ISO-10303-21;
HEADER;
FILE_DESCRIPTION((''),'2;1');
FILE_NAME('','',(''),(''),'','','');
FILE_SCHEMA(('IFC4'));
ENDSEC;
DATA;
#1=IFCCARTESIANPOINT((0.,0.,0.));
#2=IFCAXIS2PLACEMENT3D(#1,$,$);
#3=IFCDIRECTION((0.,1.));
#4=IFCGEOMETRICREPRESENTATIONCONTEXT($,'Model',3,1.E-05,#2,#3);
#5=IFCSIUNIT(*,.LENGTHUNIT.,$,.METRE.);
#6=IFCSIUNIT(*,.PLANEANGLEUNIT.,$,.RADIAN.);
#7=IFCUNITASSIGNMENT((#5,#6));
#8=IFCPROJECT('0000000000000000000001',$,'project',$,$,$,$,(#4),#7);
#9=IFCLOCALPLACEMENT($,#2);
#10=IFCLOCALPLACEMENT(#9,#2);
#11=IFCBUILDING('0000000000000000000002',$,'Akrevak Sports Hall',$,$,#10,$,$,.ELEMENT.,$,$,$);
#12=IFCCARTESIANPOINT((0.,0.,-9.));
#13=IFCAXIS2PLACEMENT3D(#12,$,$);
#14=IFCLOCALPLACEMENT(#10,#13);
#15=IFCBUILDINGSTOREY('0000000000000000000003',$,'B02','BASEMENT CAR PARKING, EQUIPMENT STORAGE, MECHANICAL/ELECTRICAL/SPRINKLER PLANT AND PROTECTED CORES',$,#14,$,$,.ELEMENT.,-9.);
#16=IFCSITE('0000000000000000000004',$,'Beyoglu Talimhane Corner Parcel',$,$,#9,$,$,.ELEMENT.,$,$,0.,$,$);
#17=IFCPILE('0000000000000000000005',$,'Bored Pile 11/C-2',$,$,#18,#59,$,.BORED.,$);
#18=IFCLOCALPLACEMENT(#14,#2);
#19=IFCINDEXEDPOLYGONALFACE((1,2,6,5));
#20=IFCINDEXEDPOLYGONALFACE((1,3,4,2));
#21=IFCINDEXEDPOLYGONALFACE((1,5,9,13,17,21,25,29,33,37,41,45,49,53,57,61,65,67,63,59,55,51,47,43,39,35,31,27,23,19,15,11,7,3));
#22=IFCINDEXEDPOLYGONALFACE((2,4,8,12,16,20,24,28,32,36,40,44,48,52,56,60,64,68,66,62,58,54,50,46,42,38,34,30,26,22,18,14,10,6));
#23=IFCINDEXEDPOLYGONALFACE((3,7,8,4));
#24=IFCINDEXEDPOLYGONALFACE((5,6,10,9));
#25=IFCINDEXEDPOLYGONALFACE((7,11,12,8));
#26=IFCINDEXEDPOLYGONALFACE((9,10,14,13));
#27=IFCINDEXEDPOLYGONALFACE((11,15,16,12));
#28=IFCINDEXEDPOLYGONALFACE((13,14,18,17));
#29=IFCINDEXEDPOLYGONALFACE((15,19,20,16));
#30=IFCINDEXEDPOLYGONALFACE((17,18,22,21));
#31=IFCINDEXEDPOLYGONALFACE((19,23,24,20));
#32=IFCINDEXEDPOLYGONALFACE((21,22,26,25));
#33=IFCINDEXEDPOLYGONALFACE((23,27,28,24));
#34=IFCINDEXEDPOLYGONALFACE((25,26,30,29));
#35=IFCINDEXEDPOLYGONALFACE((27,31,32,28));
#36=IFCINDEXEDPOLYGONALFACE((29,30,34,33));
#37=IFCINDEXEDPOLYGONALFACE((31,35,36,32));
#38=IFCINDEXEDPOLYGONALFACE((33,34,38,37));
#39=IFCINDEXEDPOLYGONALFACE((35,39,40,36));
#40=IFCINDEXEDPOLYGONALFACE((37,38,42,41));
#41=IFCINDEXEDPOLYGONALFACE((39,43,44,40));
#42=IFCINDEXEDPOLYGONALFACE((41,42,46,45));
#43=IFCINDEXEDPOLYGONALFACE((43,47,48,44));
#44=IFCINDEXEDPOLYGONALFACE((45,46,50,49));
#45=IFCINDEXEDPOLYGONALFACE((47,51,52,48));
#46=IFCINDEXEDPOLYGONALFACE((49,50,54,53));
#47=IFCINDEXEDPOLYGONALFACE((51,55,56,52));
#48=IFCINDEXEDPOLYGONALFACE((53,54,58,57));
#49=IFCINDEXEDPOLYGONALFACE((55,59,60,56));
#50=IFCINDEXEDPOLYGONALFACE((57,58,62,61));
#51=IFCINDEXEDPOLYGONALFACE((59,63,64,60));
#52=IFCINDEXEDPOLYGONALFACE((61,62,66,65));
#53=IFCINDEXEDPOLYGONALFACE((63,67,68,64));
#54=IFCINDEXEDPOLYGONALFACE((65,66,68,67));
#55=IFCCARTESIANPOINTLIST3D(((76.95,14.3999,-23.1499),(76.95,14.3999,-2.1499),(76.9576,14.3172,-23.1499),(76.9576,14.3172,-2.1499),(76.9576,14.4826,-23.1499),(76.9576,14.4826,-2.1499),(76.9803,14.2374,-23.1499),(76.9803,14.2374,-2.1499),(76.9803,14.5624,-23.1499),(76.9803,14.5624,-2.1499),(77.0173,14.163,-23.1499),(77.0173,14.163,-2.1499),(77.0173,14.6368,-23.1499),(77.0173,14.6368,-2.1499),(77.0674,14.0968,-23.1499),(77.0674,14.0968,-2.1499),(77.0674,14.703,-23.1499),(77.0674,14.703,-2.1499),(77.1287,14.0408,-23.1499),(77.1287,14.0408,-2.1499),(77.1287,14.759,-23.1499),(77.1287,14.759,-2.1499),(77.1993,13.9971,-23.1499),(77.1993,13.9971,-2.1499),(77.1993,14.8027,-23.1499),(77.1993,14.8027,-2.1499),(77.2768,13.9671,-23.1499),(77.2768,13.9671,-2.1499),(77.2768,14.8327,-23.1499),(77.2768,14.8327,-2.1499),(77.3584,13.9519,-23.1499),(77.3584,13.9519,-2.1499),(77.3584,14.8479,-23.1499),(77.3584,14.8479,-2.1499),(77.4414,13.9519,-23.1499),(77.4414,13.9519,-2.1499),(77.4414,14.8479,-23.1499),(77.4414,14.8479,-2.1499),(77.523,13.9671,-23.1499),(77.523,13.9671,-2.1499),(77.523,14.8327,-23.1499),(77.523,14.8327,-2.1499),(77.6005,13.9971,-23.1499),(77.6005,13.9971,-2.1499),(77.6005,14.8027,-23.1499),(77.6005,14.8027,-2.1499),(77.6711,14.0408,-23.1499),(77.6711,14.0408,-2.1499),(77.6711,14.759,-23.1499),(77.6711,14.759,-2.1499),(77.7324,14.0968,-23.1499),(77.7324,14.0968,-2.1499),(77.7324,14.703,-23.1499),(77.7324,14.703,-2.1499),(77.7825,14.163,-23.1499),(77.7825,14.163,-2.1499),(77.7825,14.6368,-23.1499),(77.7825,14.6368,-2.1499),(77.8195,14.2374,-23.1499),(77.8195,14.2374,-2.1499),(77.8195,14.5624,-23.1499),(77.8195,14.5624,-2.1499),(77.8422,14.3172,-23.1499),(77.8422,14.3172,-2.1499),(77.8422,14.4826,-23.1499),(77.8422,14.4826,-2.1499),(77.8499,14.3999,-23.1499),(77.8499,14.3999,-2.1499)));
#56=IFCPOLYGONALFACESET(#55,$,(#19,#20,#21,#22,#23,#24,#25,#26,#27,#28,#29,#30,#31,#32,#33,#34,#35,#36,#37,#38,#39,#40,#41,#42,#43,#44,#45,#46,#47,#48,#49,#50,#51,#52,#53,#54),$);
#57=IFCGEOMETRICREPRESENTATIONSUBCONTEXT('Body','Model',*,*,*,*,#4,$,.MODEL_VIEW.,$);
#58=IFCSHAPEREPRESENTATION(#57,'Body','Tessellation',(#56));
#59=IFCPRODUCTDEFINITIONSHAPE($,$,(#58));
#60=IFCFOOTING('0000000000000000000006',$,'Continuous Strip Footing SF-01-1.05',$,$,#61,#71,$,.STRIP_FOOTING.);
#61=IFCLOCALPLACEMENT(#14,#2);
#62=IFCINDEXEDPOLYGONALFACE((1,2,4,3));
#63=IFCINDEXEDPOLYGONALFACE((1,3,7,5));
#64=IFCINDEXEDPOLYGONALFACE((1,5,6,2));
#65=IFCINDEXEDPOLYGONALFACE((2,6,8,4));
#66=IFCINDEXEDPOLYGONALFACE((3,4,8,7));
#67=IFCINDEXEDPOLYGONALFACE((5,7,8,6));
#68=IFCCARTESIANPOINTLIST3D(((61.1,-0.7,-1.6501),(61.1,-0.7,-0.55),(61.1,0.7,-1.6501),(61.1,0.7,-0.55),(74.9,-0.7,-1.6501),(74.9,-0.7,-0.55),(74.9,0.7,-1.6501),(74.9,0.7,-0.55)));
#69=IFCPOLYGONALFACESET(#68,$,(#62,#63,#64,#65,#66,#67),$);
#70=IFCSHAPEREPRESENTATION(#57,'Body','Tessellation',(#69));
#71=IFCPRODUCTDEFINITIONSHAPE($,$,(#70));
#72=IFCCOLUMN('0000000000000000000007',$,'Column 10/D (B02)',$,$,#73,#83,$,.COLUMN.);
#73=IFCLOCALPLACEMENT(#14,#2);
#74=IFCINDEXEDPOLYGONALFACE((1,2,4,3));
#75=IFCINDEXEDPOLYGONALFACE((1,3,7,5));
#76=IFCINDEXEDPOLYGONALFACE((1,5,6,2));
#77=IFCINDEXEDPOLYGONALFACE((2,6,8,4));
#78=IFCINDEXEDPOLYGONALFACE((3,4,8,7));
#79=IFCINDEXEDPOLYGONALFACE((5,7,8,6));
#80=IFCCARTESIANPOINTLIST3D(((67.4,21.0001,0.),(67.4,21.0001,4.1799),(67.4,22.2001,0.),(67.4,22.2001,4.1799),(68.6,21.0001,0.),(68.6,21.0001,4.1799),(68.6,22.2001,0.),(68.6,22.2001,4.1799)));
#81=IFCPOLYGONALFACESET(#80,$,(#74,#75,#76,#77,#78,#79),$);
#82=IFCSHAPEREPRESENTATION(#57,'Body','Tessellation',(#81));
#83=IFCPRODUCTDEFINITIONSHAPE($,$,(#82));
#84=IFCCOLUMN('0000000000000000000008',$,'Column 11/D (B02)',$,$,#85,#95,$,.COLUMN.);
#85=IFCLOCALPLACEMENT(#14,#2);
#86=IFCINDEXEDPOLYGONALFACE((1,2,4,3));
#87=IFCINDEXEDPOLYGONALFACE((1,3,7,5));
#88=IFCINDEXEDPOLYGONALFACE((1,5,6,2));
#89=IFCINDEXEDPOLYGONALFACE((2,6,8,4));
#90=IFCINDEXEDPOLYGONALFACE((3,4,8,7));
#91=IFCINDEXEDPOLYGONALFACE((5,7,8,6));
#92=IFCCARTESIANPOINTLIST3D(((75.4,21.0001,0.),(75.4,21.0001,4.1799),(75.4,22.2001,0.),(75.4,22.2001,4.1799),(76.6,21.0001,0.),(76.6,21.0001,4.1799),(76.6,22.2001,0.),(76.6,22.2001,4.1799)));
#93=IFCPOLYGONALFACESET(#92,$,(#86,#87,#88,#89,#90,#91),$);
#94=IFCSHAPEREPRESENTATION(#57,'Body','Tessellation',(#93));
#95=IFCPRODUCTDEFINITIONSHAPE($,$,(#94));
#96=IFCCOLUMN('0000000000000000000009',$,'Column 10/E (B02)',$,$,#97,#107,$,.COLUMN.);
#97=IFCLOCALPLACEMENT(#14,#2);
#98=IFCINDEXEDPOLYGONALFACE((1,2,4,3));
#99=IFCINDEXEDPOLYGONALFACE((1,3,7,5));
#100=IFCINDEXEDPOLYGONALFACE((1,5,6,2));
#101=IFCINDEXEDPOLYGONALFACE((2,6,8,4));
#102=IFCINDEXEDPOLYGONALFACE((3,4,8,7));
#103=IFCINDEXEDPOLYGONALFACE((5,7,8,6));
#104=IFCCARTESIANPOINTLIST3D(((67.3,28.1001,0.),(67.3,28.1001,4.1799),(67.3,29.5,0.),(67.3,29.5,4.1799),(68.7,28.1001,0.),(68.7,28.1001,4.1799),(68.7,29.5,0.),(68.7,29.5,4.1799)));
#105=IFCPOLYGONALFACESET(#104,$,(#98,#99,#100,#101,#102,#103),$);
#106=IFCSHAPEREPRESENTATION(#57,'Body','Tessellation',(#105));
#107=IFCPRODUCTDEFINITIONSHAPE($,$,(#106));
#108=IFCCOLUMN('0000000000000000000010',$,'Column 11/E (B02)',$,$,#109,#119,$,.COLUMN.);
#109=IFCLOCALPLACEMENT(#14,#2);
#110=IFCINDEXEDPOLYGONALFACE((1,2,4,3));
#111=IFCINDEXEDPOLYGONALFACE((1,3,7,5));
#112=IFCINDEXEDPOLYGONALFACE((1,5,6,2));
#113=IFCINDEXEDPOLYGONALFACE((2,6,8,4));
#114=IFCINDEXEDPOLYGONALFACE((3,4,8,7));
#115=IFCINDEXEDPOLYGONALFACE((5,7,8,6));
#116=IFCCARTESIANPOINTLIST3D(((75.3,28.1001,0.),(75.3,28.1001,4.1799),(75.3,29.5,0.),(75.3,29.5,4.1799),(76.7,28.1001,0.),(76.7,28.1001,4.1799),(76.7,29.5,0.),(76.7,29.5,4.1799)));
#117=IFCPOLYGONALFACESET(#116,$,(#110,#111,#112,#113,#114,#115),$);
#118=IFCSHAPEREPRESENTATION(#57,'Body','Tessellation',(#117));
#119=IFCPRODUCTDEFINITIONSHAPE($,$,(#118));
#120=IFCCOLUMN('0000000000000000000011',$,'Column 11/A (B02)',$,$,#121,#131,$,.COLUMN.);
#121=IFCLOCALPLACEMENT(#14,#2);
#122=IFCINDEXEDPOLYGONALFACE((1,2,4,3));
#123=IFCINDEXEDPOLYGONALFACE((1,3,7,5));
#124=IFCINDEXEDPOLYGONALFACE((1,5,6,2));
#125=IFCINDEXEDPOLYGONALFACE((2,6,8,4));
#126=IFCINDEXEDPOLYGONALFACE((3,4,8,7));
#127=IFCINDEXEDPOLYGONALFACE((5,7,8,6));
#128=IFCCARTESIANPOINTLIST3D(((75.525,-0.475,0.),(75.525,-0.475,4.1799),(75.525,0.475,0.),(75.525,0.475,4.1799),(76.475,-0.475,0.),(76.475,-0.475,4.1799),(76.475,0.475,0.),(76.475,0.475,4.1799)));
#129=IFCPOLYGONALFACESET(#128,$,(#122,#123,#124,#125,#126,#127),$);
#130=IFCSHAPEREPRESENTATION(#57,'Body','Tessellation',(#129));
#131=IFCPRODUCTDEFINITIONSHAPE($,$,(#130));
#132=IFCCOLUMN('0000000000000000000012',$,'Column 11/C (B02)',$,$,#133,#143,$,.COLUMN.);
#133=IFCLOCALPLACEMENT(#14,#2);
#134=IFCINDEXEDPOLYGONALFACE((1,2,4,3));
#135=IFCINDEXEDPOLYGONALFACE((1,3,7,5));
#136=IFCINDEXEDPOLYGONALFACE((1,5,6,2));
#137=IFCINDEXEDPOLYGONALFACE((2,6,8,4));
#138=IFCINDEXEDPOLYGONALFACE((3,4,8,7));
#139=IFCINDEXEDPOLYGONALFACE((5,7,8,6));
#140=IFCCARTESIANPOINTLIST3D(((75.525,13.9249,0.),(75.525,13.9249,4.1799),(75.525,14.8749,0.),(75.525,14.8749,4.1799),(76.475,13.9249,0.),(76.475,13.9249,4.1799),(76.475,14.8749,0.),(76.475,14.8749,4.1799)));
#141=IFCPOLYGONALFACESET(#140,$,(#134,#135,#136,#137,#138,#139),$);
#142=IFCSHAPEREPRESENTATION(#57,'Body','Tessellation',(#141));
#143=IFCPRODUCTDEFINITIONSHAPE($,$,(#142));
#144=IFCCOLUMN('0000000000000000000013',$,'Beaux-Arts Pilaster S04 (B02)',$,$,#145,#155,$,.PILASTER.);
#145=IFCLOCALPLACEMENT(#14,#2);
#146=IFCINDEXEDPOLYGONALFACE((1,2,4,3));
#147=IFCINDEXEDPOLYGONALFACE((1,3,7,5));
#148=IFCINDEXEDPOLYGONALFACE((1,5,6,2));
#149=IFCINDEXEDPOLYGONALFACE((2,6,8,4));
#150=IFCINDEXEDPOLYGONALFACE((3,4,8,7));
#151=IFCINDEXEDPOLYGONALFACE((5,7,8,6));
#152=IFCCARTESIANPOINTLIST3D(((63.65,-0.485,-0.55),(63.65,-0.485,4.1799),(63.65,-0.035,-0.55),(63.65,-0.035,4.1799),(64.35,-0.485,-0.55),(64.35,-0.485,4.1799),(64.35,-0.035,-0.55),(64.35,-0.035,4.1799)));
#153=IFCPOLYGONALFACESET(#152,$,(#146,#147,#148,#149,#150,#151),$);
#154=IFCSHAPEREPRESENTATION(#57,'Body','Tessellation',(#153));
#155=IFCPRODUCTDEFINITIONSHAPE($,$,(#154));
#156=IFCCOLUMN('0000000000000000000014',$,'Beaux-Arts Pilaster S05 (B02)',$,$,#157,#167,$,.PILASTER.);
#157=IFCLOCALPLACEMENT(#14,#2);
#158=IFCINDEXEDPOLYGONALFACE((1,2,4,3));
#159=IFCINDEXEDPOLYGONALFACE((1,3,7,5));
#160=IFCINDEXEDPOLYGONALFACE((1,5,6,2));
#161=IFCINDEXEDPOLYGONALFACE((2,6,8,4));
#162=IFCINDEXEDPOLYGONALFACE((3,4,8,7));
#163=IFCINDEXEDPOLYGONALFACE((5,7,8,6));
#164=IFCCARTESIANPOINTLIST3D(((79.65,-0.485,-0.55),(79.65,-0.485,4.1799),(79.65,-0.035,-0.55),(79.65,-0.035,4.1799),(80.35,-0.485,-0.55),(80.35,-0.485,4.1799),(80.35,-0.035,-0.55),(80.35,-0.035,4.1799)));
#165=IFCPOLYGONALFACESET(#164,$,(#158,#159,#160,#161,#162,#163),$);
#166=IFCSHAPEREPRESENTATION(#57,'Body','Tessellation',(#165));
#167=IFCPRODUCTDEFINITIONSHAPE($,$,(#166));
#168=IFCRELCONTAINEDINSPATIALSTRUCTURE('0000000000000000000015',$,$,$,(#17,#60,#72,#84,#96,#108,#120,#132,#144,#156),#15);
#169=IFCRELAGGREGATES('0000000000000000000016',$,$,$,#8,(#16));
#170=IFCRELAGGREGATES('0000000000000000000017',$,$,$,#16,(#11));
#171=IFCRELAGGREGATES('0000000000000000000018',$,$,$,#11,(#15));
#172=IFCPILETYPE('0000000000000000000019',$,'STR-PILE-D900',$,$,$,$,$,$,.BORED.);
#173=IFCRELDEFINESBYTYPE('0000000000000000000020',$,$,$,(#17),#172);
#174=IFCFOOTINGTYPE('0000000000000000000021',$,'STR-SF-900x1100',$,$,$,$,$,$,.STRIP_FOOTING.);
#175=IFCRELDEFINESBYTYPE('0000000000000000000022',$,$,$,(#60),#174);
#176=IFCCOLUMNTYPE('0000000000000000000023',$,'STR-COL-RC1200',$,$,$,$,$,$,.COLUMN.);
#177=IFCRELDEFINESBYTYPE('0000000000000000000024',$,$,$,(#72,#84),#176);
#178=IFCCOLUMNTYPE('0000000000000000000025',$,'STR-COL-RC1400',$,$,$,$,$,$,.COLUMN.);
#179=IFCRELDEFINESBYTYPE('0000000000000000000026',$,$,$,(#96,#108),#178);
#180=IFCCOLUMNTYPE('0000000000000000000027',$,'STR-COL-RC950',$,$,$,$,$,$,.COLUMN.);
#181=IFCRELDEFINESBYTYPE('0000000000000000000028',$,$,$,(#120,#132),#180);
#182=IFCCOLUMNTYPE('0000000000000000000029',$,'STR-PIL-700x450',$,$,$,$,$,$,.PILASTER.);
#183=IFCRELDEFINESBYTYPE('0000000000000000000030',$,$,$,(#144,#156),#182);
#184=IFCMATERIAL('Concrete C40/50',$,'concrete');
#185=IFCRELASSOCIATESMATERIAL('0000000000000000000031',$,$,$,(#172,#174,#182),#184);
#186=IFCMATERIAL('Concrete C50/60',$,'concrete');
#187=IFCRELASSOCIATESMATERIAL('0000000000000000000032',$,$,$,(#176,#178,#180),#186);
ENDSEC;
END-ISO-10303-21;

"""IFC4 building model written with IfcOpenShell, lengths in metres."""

from ifc_helpers import new_model, si_unit, direction, frame, origin, origin_2d, place, context, subcontext, project, spatial, rectangle, circle, extrude, material, material_profile, profile_set, type_object, element, save


model = new_model("IFC4")

# Units and contexts
model_context = context("Model", 3, precision=1e-05, world=origin(), true_north=direction((0.0, 1.0)))
body_context = subcontext(model_context, "Body", "Model", "MODEL_VIEW")
ifc_project = project(units=[si_unit("LENGTHUNIT", "METRE"), si_unit("PLANEANGLEUNIT", "RADIAN")], contexts=[model_context])

# Site, building, storey
site_placement = place(None, origin())
site = spatial("IfcSite", under=ifc_project, at=site_placement, Name="Beyoglu Talimhane Corner Parcel", CompositionType="ELEMENT", RefElevation=0.0)
building_placement = place(site_placement, origin())
building = spatial("IfcBuilding", under=site, at=building_placement, Name="Akrevak Sports Hall", CompositionType="ELEMENT")
storey_placement = place(building_placement, frame((0.0, 0.0, -9.0)))
storey = spatial("IfcBuildingStorey", under=building, at=storey_placement, Name="B02", Description="BASEMENT CAR PARKING, EQUIPMENT STORAGE, MECHANICAL/ELECTRICAL/SPRINKLER PLANT AND PROTECTED CORES", CompositionType="ELEMENT", Elevation=-9.0)

# Shared definitions
ifc_material_1 = material(Name="Concrete C40/50", Category="concrete")

# Pile
ifc_material_profile_1 = material_profile(ifc_material_1, circle(Radius=0.45, at=origin_2d()), Name="BORED PILE D900", Category="concrete")
ifc_profile_set_1 = profile_set([ifc_material_profile_1], Name="Concrete C40/50")
pile_type_1 = type_object("IfcPileType", Name="STR-PILE-D900", PredefinedType="BORED", material=ifc_profile_set_1)
for number, where, z_axis, x_axis, name in (
    (1, (77.3999, 14.3999, -2.1499), (0.0, 0.0, -1.0), (1.0, 0.0, 0.0), "Bored Pile 11/C-2"),
):
    element("IfcPile", number, at=place(storey_placement, frame(where, z_axis=z_axis, x_axis=x_axis)), inside=storey, type_object=pile_type_1, Name=name, PredefinedType="BORED", context=body_context, shape_type="SweptSolid", body=[
        extrude(circle(Radius=0.45, at=origin_2d()), origin(), (0.0, 0.0, 1.0), 21.0),
    ])

# Footing
footing_type_1 = type_object("IfcFootingType", Name="STR-SF-900x1100", PredefinedType="STRIP_FOOTING", material=ifc_material_1)
footing_1_placement = place(storey_placement, frame((68.0, 0.0, -1.6501), z_axis=(0.0, 0.0, 1.0), x_axis=(1.0, 0.0, 0.0)))
element("IfcFooting", 2, at=footing_1_placement, inside=storey, type_object=footing_type_1, Name="Continuous Strip Footing SF-01-1.05", PredefinedType="STRIP_FOOTING", context=body_context, shape_type="SweptSolid", body=[
    extrude(rectangle(XDim=13.8, YDim=1.3999, at=origin_2d()), origin(), (0.0, 0.0, 1.0), 1.1001),
])

# Columns
ifc_material_2 = material(Name="Concrete C50/60", Category="concrete")
ifc_material_profile_2 = material_profile(ifc_material_2, rectangle(XDim=1.2, YDim=1.2, at=origin_2d()), Name="RC 1200x1200", Category="concrete")
ifc_profile_set_2 = profile_set([ifc_material_profile_2], Name="Concrete C50/60")
column_type_1 = type_object("IfcColumnType", Name="STR-COL-RC1200", PredefinedType="COLUMN", material=ifc_profile_set_2)
for number, where, z_axis, x_axis, name in (
    (3, (68.0, 21.6001, 0.0), (0.0, 0.0, 1.0), (1.0, 0.0, 0.0), "Column 10/D (B02)"),
    (4, (76.0, 21.6001, 0.0), (0.0, 0.0, 1.0), (1.0, 0.0, 0.0), "Column 11/D (B02)"),
):
    element("IfcColumn", number, at=place(storey_placement, frame(where, z_axis=z_axis, x_axis=x_axis)), inside=storey, type_object=column_type_1, Name=name, PredefinedType="COLUMN", context=body_context, shape_type="SweptSolid", body=[
        extrude(rectangle(XDim=1.2, YDim=1.2, at=origin_2d()), origin(), (0.0, 0.0, 1.0), 4.1799),
    ])
ifc_material_profile_3 = material_profile(ifc_material_2, rectangle(XDim=1.3999, YDim=1.3999, at=origin_2d()), Name="RC 1400x1400", Category="concrete")
ifc_profile_set_3 = profile_set([ifc_material_profile_3], Name="Concrete C50/60")
column_type_2 = type_object("IfcColumnType", Name="STR-COL-RC1400", PredefinedType="COLUMN", material=ifc_profile_set_3)
for number, where, z_axis, x_axis, name in (
    (5, (68.0, 28.8, 0.0), (0.0, 0.0, 1.0), (1.0, 0.0, 0.0), "Column 10/E (B02)"),
    (6, (76.0, 28.8, 0.0), (0.0, 0.0, 1.0), (1.0, 0.0, 0.0), "Column 11/E (B02)"),
):
    element("IfcColumn", number, at=place(storey_placement, frame(where, z_axis=z_axis, x_axis=x_axis)), inside=storey, type_object=column_type_2, Name=name, PredefinedType="COLUMN", context=body_context, shape_type="SweptSolid", body=[
        extrude(rectangle(XDim=1.3999, YDim=1.3999, at=origin_2d()), origin(), (0.0, 0.0, 1.0), 4.1799),
    ])
ifc_material_profile_4 = material_profile(ifc_material_2, rectangle(XDim=0.95, YDim=0.95, at=origin_2d()), Name="RC 950x950", Category="concrete")
ifc_profile_set_4 = profile_set([ifc_material_profile_4], Name="Concrete C50/60")
column_type_3 = type_object("IfcColumnType", Name="STR-COL-RC950", PredefinedType="COLUMN", material=ifc_profile_set_4)
for number, where, z_axis, x_axis, name in (
    (7, (76.0, 0.0, 0.0), (0.0, 0.0, 1.0), (1.0, 0.0, 0.0), "Column 11/A (B02)"),
    (8, (76.0, 14.3999, 0.0), (0.0, 0.0, 1.0), (1.0, 0.0, 0.0), "Column 11/C (B02)"),
):
    element("IfcColumn", number, at=place(storey_placement, frame(where, z_axis=z_axis, x_axis=x_axis)), inside=storey, type_object=column_type_3, Name=name, PredefinedType="COLUMN", context=body_context, shape_type="SweptSolid", body=[
        extrude(rectangle(XDim=0.95, YDim=0.95, at=origin_2d()), origin(), (0.0, 0.0, 1.0), 4.1799),
    ])
ifc_material_profile_5 = material_profile(ifc_material_1, rectangle(XDim=0.7, YDim=0.45, at=origin_2d()), Name="PIL 700x450", Category="concrete")
ifc_profile_set_5 = profile_set([ifc_material_profile_5], Name="Concrete C40/50")
column_type_4 = type_object("IfcColumnType", Name="STR-PIL-700x450", PredefinedType="PILASTER", material=ifc_profile_set_5)
for number, where, z_axis, x_axis, name in (
    (9, (64.0, -0.26, -0.55), (0.0, 0.0, 1.0), (1.0, 0.0, 0.0), "Beaux-Arts Pilaster S04 (B02)"),
    (10, (80.0, -0.26, -0.55), (0.0, 0.0, 1.0), (1.0, 0.0, 0.0), "Beaux-Arts Pilaster S05 (B02)"),
):
    element("IfcColumn", number, at=place(storey_placement, frame(where, z_axis=z_axis, x_axis=x_axis)), inside=storey, type_object=column_type_4, Name=name, PredefinedType="PILASTER", context=body_context, shape_type="SweptSolid", body=[
        extrude(rectangle(XDim=0.7, YDim=0.45, at=origin_2d()), origin(), (0.0, 0.0, 1.0), 4.73),
    ])

save(model, "model.ifc")
